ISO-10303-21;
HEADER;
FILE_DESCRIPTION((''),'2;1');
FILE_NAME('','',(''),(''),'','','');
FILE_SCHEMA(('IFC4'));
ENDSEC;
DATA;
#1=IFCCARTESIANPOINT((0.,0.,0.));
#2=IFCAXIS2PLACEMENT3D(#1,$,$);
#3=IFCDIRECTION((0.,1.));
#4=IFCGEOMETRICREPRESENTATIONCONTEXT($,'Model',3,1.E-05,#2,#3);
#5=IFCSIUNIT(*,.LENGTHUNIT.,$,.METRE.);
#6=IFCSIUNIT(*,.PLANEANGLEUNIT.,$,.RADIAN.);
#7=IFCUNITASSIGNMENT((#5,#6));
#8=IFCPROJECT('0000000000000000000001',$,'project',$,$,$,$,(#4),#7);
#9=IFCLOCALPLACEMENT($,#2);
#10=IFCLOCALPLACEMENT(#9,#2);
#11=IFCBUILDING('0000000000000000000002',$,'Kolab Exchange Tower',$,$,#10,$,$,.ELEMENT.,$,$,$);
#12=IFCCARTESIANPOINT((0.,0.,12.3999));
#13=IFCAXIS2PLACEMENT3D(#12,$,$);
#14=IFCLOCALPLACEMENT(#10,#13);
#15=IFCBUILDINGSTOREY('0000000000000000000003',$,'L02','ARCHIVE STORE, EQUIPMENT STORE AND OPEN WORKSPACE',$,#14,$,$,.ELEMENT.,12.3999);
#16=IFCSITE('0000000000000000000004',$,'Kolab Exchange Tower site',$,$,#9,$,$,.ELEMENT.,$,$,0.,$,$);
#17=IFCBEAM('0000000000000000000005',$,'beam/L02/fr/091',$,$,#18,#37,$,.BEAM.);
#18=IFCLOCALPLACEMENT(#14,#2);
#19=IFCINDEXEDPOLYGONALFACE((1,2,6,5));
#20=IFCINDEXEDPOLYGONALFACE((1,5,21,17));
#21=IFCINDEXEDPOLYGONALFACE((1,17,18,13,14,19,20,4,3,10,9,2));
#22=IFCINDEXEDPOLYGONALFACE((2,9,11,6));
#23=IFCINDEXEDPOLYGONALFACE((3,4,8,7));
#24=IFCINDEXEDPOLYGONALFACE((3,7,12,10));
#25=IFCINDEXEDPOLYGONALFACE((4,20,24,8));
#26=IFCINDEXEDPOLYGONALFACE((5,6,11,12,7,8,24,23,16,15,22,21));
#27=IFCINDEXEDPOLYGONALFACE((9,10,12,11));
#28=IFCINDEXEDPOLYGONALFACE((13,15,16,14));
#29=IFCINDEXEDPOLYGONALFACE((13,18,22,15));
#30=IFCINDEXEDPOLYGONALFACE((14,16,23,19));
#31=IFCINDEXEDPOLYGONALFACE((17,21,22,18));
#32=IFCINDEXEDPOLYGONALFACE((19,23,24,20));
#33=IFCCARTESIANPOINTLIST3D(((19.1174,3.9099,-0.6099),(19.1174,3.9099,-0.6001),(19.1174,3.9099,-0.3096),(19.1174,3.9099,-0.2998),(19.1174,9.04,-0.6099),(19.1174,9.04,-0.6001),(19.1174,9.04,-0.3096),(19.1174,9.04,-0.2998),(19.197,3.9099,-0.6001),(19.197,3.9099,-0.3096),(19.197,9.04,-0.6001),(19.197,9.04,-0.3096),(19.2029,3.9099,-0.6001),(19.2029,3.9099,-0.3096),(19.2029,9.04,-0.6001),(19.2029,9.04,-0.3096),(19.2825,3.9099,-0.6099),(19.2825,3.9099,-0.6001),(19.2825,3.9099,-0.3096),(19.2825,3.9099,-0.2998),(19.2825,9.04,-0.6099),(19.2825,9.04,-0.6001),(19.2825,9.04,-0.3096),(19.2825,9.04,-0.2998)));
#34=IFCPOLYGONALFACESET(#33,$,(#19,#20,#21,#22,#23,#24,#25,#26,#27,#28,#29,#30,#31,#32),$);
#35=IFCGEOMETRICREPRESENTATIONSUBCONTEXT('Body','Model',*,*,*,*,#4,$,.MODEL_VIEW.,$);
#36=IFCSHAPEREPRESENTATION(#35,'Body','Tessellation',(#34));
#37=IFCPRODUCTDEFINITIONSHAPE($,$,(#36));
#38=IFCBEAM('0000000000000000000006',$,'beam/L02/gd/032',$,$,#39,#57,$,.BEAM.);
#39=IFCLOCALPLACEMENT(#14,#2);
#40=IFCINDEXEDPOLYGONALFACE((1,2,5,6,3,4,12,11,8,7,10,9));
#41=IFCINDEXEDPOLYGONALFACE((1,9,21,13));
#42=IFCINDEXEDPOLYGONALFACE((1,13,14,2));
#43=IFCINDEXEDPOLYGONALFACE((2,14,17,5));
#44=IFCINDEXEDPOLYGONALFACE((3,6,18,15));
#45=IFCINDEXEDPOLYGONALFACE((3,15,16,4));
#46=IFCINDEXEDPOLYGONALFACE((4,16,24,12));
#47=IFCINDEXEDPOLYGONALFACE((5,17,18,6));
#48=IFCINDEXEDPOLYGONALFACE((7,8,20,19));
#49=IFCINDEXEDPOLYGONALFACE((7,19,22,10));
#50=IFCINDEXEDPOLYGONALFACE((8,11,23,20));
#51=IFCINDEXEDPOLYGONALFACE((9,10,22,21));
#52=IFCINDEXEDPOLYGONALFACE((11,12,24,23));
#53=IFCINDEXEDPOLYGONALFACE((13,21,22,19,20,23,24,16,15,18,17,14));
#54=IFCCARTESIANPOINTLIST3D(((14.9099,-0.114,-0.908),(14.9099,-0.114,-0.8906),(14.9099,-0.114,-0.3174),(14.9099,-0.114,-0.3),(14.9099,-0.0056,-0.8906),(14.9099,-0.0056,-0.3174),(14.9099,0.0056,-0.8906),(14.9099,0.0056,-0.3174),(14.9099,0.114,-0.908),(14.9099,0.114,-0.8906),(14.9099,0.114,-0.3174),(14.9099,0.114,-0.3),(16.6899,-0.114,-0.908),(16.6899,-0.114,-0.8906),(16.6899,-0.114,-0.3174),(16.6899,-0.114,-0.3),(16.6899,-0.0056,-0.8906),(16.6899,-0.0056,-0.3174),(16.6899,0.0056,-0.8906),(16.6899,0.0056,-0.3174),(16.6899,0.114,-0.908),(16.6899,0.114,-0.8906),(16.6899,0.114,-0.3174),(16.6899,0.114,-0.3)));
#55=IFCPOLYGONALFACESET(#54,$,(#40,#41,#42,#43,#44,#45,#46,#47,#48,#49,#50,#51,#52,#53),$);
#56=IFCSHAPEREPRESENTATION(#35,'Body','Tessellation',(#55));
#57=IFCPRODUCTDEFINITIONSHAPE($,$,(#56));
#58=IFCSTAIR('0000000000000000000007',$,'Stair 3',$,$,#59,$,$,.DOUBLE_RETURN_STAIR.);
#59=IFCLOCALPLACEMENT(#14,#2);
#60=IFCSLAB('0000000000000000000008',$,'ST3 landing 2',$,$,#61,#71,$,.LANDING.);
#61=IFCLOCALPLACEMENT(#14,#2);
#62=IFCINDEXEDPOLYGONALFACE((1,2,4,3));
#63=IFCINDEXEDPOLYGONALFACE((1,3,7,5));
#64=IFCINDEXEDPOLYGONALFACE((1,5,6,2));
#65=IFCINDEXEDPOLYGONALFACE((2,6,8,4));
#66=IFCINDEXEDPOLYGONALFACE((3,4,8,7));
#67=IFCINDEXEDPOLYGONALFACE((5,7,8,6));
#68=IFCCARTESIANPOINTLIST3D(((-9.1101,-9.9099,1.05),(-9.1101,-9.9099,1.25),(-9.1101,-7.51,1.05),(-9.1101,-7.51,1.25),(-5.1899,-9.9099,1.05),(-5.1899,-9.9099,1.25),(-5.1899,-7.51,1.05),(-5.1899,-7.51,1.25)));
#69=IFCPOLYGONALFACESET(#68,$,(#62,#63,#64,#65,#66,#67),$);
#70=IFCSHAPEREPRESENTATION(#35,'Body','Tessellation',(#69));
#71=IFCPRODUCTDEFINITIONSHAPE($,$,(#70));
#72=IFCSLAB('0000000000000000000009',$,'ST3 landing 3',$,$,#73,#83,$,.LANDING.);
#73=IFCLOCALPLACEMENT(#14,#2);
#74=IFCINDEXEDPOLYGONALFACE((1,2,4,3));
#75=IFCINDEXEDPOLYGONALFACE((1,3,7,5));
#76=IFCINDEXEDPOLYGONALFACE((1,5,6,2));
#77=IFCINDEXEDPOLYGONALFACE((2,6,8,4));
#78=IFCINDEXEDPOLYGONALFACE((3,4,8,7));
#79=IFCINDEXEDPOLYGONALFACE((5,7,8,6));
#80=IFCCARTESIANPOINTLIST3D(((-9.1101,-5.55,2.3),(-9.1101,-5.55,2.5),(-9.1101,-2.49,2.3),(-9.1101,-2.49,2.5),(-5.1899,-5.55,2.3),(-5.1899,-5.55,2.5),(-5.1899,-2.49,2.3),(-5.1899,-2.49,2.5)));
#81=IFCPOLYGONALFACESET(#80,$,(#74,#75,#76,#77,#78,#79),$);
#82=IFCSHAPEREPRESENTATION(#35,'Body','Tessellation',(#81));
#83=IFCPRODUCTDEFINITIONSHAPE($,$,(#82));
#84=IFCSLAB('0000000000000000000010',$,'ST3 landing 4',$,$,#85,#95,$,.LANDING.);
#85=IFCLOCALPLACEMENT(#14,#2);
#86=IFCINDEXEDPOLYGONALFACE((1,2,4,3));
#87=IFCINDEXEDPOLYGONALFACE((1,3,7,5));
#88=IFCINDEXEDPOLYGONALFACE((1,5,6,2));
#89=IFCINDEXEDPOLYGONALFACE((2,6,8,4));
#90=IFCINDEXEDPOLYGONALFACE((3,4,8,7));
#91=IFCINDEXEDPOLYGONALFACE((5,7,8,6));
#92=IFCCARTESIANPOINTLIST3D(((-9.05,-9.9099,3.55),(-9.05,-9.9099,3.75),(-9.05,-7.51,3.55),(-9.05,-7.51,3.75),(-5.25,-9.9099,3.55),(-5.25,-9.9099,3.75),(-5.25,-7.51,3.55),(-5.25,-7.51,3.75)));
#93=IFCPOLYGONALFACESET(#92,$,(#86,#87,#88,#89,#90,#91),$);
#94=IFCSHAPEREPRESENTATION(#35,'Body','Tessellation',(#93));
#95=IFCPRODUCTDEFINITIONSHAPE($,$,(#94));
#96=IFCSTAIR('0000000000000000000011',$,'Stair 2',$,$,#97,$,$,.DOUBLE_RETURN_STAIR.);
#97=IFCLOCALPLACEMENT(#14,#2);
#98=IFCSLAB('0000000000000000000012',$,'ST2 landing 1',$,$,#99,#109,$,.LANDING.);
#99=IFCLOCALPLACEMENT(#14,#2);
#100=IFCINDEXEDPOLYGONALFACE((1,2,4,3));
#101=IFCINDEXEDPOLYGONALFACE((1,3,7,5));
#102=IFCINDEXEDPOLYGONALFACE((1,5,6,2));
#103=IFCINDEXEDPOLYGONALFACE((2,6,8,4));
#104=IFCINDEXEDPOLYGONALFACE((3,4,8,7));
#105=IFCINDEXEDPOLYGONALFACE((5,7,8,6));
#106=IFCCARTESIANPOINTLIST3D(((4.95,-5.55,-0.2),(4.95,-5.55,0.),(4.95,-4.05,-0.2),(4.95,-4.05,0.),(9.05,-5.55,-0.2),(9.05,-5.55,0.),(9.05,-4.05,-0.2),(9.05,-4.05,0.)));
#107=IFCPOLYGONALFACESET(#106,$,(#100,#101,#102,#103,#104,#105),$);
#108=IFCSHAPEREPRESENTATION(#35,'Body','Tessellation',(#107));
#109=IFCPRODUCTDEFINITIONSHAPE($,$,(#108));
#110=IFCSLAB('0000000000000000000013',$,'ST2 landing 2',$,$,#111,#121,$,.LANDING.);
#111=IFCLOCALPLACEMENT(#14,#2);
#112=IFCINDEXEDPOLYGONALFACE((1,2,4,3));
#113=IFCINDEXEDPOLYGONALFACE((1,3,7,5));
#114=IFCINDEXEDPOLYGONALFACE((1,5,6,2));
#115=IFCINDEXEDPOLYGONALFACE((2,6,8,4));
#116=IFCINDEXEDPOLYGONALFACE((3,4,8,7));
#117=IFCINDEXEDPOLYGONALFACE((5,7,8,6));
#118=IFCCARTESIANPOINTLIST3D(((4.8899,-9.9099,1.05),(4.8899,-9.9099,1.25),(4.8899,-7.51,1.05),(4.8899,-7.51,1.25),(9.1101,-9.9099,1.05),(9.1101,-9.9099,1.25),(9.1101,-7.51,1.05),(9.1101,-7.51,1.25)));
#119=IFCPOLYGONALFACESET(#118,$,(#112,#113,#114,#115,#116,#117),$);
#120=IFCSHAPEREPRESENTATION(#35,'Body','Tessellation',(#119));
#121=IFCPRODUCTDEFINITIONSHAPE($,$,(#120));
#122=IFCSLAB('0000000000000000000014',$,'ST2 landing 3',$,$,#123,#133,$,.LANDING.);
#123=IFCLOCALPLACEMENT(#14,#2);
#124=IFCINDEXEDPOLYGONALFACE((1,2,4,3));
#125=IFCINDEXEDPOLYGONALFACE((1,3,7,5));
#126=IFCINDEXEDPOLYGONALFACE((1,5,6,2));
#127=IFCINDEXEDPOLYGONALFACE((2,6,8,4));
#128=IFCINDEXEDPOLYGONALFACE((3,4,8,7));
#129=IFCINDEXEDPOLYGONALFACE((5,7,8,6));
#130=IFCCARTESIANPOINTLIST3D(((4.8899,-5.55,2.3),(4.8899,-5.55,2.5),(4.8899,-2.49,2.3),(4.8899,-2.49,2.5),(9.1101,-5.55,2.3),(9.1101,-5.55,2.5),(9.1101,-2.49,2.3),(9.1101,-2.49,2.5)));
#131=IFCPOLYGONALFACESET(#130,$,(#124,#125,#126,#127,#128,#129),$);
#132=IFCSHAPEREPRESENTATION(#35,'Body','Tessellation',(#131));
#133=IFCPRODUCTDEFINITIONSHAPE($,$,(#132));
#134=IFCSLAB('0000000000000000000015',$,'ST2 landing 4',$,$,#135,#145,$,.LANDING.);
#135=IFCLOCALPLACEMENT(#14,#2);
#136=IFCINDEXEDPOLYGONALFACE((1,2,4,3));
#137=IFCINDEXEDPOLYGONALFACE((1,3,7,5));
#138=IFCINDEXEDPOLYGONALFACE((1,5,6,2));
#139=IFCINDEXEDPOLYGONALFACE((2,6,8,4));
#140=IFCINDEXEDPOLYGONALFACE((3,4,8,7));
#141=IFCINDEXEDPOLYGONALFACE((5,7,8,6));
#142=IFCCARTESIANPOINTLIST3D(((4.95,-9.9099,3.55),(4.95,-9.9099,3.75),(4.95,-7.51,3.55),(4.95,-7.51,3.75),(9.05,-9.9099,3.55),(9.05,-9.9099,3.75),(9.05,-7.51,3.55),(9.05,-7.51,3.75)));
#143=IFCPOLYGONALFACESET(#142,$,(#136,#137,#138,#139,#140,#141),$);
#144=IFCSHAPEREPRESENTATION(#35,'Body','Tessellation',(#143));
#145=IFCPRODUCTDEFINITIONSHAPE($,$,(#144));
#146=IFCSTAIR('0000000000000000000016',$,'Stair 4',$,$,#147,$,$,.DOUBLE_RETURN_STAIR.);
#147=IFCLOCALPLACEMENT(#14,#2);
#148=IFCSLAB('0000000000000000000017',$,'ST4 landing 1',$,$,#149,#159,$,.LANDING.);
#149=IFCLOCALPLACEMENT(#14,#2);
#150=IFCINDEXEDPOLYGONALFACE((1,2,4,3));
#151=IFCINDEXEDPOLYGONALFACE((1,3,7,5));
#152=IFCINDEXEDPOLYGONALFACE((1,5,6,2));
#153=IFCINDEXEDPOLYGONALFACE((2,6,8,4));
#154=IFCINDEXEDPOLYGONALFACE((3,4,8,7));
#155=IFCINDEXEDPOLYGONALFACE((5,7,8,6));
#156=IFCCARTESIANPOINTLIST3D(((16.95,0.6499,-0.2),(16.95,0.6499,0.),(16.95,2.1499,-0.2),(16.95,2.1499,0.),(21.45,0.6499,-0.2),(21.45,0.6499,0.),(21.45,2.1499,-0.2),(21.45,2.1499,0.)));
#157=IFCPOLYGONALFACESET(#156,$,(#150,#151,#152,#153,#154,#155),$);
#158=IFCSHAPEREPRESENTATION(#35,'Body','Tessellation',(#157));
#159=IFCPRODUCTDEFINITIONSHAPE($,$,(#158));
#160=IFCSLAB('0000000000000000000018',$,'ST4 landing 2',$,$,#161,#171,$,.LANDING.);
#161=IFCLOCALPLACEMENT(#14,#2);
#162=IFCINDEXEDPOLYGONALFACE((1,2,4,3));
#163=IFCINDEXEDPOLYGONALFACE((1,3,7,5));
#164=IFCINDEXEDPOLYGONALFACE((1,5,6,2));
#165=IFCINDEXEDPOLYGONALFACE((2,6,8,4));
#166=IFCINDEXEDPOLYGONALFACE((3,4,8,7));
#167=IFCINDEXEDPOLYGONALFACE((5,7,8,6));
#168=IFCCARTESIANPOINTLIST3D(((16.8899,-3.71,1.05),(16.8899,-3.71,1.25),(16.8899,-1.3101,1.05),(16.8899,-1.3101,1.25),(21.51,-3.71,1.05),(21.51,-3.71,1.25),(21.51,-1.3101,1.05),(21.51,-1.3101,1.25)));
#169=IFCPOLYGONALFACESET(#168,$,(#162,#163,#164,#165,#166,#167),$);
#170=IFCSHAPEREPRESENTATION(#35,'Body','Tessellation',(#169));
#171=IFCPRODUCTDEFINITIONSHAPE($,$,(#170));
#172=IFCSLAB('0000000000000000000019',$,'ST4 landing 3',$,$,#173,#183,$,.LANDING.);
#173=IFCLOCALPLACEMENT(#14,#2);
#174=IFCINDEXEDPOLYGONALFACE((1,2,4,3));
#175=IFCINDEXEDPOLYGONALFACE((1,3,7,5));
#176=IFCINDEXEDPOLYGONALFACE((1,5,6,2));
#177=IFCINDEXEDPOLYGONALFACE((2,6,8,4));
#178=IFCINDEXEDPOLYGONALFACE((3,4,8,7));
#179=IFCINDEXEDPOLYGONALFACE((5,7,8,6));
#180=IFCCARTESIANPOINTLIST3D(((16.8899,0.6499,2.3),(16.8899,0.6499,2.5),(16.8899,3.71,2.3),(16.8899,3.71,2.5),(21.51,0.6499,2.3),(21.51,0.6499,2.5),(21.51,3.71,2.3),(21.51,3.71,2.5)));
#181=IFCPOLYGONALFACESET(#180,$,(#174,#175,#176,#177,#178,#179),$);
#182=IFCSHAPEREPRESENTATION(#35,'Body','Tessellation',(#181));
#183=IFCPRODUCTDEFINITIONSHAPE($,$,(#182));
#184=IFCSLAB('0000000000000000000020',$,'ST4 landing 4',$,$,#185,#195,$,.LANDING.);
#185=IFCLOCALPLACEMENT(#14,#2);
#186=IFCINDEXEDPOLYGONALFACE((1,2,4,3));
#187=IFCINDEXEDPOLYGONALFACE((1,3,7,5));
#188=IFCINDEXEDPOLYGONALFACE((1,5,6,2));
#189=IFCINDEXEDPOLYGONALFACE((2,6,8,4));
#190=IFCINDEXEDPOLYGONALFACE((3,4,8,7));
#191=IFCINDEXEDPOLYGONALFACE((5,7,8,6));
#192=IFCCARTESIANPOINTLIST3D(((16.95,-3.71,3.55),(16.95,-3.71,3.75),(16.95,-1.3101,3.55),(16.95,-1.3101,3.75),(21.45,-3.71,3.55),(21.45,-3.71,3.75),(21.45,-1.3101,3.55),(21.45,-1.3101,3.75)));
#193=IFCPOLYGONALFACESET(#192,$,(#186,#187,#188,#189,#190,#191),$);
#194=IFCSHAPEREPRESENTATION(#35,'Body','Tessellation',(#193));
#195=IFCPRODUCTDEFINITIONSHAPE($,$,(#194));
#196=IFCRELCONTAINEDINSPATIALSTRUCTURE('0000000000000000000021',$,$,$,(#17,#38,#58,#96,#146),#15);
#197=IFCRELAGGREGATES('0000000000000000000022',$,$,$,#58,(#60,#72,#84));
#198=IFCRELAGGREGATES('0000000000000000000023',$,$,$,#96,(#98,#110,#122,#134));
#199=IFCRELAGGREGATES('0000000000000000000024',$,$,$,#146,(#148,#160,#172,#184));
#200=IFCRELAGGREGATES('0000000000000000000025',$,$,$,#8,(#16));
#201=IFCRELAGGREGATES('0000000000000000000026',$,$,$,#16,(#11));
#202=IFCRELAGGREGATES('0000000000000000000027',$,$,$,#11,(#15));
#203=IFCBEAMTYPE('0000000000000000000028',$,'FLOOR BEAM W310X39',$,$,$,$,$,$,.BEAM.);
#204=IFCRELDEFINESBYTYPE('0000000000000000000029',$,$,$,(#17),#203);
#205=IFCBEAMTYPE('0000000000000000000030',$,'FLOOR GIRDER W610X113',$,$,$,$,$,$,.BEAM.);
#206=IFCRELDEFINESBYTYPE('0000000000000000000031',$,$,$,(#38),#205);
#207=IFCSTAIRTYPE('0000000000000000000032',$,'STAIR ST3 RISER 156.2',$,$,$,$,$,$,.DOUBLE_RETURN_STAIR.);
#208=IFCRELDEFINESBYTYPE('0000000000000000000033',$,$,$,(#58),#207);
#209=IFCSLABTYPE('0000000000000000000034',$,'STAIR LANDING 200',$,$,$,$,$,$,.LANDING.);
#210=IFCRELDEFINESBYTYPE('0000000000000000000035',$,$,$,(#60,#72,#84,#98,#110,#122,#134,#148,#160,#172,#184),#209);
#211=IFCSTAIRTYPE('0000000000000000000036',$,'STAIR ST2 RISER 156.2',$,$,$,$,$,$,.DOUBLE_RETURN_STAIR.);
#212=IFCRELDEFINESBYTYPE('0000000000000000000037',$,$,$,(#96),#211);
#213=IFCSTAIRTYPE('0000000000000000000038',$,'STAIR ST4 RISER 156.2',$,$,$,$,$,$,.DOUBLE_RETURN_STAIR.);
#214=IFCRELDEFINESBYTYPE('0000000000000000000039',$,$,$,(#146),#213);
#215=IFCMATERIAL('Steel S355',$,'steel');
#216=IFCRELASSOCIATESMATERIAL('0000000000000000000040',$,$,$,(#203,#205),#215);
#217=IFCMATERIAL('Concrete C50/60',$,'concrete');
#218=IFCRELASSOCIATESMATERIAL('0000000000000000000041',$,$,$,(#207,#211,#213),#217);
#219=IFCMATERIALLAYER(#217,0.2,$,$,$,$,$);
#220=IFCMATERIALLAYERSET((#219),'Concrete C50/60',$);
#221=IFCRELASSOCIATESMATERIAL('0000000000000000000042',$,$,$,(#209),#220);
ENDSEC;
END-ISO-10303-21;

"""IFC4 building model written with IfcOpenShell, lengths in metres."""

from ifc_helpers import new_model, si_unit, direction, frame, origin, origin_2d, place, context, subcontext, project, spatial, polyline, i_section, outline, extrude, material, layer, layer_set, material_profile, profile_set, type_object, element, aggregate, save


model = new_model("IFC4")

# Units and contexts
model_context = context("Model", 3, precision=1e-05, world=origin(), true_north=direction((0.0, 1.0)))
body_context = subcontext(model_context, "Body", "Model", "MODEL_VIEW")
ifc_project = project(units=[si_unit("LENGTHUNIT", "METRE"), si_unit("PLANEANGLEUNIT", "RADIAN")], contexts=[model_context])

# Site, building, storey
site_placement = place(None, origin())
site = spatial("IfcSite", under=ifc_project, at=site_placement, Name="Kolab Exchange Tower site", CompositionType="ELEMENT", RefElevation=0.0)
building_placement = place(site_placement, origin())
building = spatial("IfcBuilding", under=site, at=building_placement, Name="Kolab Exchange Tower", CompositionType="ELEMENT")
storey_placement = place(building_placement, frame((0.0, 0.0, 12.3999)))
storey = spatial("IfcBuildingStorey", under=building, at=storey_placement, Name="L02", Description="ARCHIVE STORE, EQUIPMENT STORE AND OPEN WORKSPACE", CompositionType="ELEMENT", Elevation=12.3999)

# Beams
ifc_material_1 = material(Name="Steel S355", Category="steel")
ifc_material_profile_1 = material_profile(ifc_material_1, i_section(OverallWidth=0.165, OverallDepth=0.3101, WebThickness=0.0059, FlangeThickness=0.0098, at=origin_2d()), Name="W310X39")
ifc_profile_set_1 = profile_set([ifc_material_profile_1], Name="Steel S355")
beam_type_1 = type_object("IfcBeamType", Name="FLOOR BEAM W310X39", PredefinedType="BEAM", material=ifc_profile_set_1)
beam_1_placement = place(storey_placement, frame((19.2, 3.9099, -0.4548), z_axis=(0.0, 1.0, 0.0), x_axis=(-1.0, 0.0, 0.0)))
element("IfcBeam", 1, at=beam_1_placement, inside=storey, type_object=beam_type_1, Name="beam/L02/fr/091", PredefinedType="BEAM", context=body_context, shape_type="SweptSolid", body=[
    extrude(i_section(OverallWidth=0.165, OverallDepth=0.3101, WebThickness=0.0059, FlangeThickness=0.0098, at=origin_2d()), origin(), (0.0, 0.0, 1.0), 5.1301),
])
ifc_material_profile_2 = material_profile(ifc_material_1, i_section(OverallWidth=0.228, OverallDepth=0.6079, WebThickness=0.0112, FlangeThickness=0.0173, at=origin_2d()), Name="W610X113")
ifc_profile_set_2 = profile_set([ifc_material_profile_2], Name="Steel S355")
beam_type_2 = type_object("IfcBeamType", Name="FLOOR GIRDER W610X113", PredefinedType="BEAM", material=ifc_profile_set_2)
beam_2_placement = place(storey_placement, frame((14.9099, 0.0, -0.604), z_axis=(1.0, 0.0, 0.0), x_axis=(0.0, 1.0, 0.0)))
element("IfcBeam", 2, at=beam_2_placement, inside=storey, type_object=beam_type_2, Name="beam/L02/gd/032", PredefinedType="BEAM", context=body_context, shape_type="SweptSolid", body=[
    extrude(i_section(OverallWidth=0.228, OverallDepth=0.6079, WebThickness=0.0112, FlangeThickness=0.0173, at=origin_2d()), origin(), (0.0, 0.0, 1.0), 1.78),
])

# Stairs, slabs
ifc_material_2 = material(Name="Concrete C50/60", Category="concrete")
stair_type_1 = type_object("IfcStairType", Name="STAIR ST3 RISER 156.2", PredefinedType="DOUBLE_RETURN_STAIR", material=ifc_material_2)
stair_1_placement = place(storey_placement, origin())
stair_1 = element("IfcStair", 3, at=stair_1_placement, inside=storey, type_object=stair_type_1, Name="Stair 3", PredefinedType="DOUBLE_RETURN_STAIR")
ifc_layer_1 = layer(ifc_material_2, 0.2)
ifc_layer_set_1 = layer_set([ifc_layer_1], Name="Concrete C50/60")
slab_type = type_object("IfcSlabType", Name="STAIR LANDING 200", PredefinedType="LANDING", material=ifc_layer_set_1)
slab_1_placement = place(storey_placement, frame((0.0, 0.0, 1.05)))
slab_1 = element("IfcSlab", 4, at=slab_1_placement, type_object=slab_type, Name="ST3 landing 2", PredefinedType="LANDING", context=body_context, shape_type="SweptSolid", body=[
    extrude(outline(polyline([(-9.1101, -9.9099), (-5.1899, -9.9099), (-5.1899, -7.51), (-9.1101, -7.51), (-9.1101, -9.9099)])), origin(), (0.0, 0.0, 1.0), 0.2),
])
slab_2_placement = place(storey_placement, frame((0.0, 0.0, 2.3)))
slab_2 = element("IfcSlab", 5, at=slab_2_placement, type_object=slab_type, Name="ST3 landing 3", PredefinedType="LANDING", context=body_context, shape_type="SweptSolid", body=[
    extrude(outline(polyline([(-9.1101, -5.55), (-5.1899, -5.55), (-5.1899, -2.49), (-9.1101, -2.49), (-9.1101, -5.55)])), origin(), (0.0, 0.0, 1.0), 0.2),
])
slab_3_placement = place(storey_placement, frame((0.0, 0.0, 3.55)))
slab_3 = element("IfcSlab", 6, at=slab_3_placement, type_object=slab_type, Name="ST3 landing 4", PredefinedType="LANDING", context=body_context, shape_type="SweptSolid", body=[
    extrude(outline(polyline([(-9.05, -9.9099), (-5.25, -9.9099), (-5.25, -7.51), (-9.05, -7.51), (-9.05, -9.9099)])), origin(), (0.0, 0.0, 1.0), 0.2),
])
aggregate(stair_1, [slab_1, slab_2, slab_3])
stair_type_2 = type_object("IfcStairType", Name="STAIR ST2 RISER 156.2", PredefinedType="DOUBLE_RETURN_STAIR", material=ifc_material_2)
stair_2_placement = place(storey_placement, origin())
stair_2 = element("IfcStair", 7, at=stair_2_placement, inside=storey, type_object=stair_type_2, Name="Stair 2", PredefinedType="DOUBLE_RETURN_STAIR")
slab_4_placement = place(storey_placement, frame((0.0, 0.0, -0.2)))
slab_4 = element("IfcSlab", 8, at=slab_4_placement, type_object=slab_type, Name="ST2 landing 1", PredefinedType="LANDING", context=body_context, shape_type="SweptSolid", body=[
    extrude(outline(polyline([(4.95, -5.55), (9.05, -5.55), (9.05, -4.05), (4.95, -4.05), (4.95, -5.55)])), origin(), (0.0, 0.0, 1.0), 0.2),
])
slab_5_placement = place(storey_placement, frame((0.0, 0.0, 1.05)))
slab_5 = element("IfcSlab", 9, at=slab_5_placement, type_object=slab_type, Name="ST2 landing 2", PredefinedType="LANDING", context=body_context, shape_type="SweptSolid", body=[
    extrude(outline(polyline([(4.8899, -9.9099), (9.1101, -9.9099), (9.1101, -7.51), (4.8899, -7.51), (4.8899, -9.9099)])), origin(), (0.0, 0.0, 1.0), 0.2),
])
slab_6_placement = place(storey_placement, frame((0.0, 0.0, 2.3)))
slab_6 = element("IfcSlab", 10, at=slab_6_placement, type_object=slab_type, Name="ST2 landing 3", PredefinedType="LANDING", context=body_context, shape_type="SweptSolid", body=[
    extrude(outline(polyline([(4.8899, -5.55), (9.1101, -5.55), (9.1101, -2.49), (4.8899, -2.49), (4.8899, -5.55)])), origin(), (0.0, 0.0, 1.0), 0.2),
])
slab_7_placement = place(storey_placement, frame((0.0, 0.0, 3.55)))
slab_7 = element("IfcSlab", 11, at=slab_7_placement, type_object=slab_type, Name="ST2 landing 4", PredefinedType="LANDING", context=body_context, shape_type="SweptSolid", body=[
    extrude(outline(polyline([(4.95, -9.9099), (9.05, -9.9099), (9.05, -7.51), (4.95, -7.51), (4.95, -9.9099)])), origin(), (0.0, 0.0, 1.0), 0.2),
])
aggregate(stair_2, [slab_4, slab_5, slab_6, slab_7])
stair_type_3 = type_object("IfcStairType", Name="STAIR ST4 RISER 156.2", PredefinedType="DOUBLE_RETURN_STAIR", material=ifc_material_2)
stair_3_placement = place(storey_placement, origin())
stair_3 = element("IfcStair", 12, at=stair_3_placement, inside=storey, type_object=stair_type_3, Name="Stair 4", PredefinedType="DOUBLE_RETURN_STAIR")
slab_8_placement = place(storey_placement, frame((0.0, 0.0, -0.2)))
slab_8 = element("IfcSlab", 13, at=slab_8_placement, type_object=slab_type, Name="ST4 landing 1", PredefinedType="LANDING", context=body_context, shape_type="SweptSolid", body=[
    extrude(outline(polyline([(16.95, 0.6499), (21.45, 0.6499), (21.45, 2.1499), (16.95, 2.1499), (16.95, 0.6499)])), origin(), (0.0, 0.0, 1.0), 0.2),
])
slab_9_placement = place(storey_placement, frame((0.0, 0.0, 1.05)))
slab_9 = element("IfcSlab", 14, at=slab_9_placement, type_object=slab_type, Name="ST4 landing 2", PredefinedType="LANDING", context=body_context, shape_type="SweptSolid", body=[
    extrude(outline(polyline([(16.8899, -3.71), (21.51, -3.71), (21.51, -1.3101), (16.8899, -1.3101), (16.8899, -3.71)])), origin(), (0.0, 0.0, 1.0), 0.2),
])
slab_10_placement = place(storey_placement, frame((0.0, 0.0, 2.3)))
slab_10 = element("IfcSlab", 15, at=slab_10_placement, type_object=slab_type, Name="ST4 landing 3", PredefinedType="LANDING", context=body_context, shape_type="SweptSolid", body=[
    extrude(outline(polyline([(16.8899, 0.6499), (21.51, 0.6499), (21.51, 3.71), (16.8899, 3.71), (16.8899, 0.6499)])), origin(), (0.0, 0.0, 1.0), 0.2),
])
slab_11_placement = place(storey_placement, frame((0.0, 0.0, 3.55)))
slab_11 = element("IfcSlab", 16, at=slab_11_placement, type_object=slab_type, Name="ST4 landing 4", PredefinedType="LANDING", context=body_context, shape_type="SweptSolid", body=[
    extrude(outline(polyline([(16.95, -3.71), (21.45, -3.71), (21.45, -1.3101), (16.95, -1.3101), (16.95, -3.71)])), origin(), (0.0, 0.0, 1.0), 0.2),
])

aggregate(stair_3, [slab_8, slab_9, slab_10, slab_11])

save(model, "model.ifc")
